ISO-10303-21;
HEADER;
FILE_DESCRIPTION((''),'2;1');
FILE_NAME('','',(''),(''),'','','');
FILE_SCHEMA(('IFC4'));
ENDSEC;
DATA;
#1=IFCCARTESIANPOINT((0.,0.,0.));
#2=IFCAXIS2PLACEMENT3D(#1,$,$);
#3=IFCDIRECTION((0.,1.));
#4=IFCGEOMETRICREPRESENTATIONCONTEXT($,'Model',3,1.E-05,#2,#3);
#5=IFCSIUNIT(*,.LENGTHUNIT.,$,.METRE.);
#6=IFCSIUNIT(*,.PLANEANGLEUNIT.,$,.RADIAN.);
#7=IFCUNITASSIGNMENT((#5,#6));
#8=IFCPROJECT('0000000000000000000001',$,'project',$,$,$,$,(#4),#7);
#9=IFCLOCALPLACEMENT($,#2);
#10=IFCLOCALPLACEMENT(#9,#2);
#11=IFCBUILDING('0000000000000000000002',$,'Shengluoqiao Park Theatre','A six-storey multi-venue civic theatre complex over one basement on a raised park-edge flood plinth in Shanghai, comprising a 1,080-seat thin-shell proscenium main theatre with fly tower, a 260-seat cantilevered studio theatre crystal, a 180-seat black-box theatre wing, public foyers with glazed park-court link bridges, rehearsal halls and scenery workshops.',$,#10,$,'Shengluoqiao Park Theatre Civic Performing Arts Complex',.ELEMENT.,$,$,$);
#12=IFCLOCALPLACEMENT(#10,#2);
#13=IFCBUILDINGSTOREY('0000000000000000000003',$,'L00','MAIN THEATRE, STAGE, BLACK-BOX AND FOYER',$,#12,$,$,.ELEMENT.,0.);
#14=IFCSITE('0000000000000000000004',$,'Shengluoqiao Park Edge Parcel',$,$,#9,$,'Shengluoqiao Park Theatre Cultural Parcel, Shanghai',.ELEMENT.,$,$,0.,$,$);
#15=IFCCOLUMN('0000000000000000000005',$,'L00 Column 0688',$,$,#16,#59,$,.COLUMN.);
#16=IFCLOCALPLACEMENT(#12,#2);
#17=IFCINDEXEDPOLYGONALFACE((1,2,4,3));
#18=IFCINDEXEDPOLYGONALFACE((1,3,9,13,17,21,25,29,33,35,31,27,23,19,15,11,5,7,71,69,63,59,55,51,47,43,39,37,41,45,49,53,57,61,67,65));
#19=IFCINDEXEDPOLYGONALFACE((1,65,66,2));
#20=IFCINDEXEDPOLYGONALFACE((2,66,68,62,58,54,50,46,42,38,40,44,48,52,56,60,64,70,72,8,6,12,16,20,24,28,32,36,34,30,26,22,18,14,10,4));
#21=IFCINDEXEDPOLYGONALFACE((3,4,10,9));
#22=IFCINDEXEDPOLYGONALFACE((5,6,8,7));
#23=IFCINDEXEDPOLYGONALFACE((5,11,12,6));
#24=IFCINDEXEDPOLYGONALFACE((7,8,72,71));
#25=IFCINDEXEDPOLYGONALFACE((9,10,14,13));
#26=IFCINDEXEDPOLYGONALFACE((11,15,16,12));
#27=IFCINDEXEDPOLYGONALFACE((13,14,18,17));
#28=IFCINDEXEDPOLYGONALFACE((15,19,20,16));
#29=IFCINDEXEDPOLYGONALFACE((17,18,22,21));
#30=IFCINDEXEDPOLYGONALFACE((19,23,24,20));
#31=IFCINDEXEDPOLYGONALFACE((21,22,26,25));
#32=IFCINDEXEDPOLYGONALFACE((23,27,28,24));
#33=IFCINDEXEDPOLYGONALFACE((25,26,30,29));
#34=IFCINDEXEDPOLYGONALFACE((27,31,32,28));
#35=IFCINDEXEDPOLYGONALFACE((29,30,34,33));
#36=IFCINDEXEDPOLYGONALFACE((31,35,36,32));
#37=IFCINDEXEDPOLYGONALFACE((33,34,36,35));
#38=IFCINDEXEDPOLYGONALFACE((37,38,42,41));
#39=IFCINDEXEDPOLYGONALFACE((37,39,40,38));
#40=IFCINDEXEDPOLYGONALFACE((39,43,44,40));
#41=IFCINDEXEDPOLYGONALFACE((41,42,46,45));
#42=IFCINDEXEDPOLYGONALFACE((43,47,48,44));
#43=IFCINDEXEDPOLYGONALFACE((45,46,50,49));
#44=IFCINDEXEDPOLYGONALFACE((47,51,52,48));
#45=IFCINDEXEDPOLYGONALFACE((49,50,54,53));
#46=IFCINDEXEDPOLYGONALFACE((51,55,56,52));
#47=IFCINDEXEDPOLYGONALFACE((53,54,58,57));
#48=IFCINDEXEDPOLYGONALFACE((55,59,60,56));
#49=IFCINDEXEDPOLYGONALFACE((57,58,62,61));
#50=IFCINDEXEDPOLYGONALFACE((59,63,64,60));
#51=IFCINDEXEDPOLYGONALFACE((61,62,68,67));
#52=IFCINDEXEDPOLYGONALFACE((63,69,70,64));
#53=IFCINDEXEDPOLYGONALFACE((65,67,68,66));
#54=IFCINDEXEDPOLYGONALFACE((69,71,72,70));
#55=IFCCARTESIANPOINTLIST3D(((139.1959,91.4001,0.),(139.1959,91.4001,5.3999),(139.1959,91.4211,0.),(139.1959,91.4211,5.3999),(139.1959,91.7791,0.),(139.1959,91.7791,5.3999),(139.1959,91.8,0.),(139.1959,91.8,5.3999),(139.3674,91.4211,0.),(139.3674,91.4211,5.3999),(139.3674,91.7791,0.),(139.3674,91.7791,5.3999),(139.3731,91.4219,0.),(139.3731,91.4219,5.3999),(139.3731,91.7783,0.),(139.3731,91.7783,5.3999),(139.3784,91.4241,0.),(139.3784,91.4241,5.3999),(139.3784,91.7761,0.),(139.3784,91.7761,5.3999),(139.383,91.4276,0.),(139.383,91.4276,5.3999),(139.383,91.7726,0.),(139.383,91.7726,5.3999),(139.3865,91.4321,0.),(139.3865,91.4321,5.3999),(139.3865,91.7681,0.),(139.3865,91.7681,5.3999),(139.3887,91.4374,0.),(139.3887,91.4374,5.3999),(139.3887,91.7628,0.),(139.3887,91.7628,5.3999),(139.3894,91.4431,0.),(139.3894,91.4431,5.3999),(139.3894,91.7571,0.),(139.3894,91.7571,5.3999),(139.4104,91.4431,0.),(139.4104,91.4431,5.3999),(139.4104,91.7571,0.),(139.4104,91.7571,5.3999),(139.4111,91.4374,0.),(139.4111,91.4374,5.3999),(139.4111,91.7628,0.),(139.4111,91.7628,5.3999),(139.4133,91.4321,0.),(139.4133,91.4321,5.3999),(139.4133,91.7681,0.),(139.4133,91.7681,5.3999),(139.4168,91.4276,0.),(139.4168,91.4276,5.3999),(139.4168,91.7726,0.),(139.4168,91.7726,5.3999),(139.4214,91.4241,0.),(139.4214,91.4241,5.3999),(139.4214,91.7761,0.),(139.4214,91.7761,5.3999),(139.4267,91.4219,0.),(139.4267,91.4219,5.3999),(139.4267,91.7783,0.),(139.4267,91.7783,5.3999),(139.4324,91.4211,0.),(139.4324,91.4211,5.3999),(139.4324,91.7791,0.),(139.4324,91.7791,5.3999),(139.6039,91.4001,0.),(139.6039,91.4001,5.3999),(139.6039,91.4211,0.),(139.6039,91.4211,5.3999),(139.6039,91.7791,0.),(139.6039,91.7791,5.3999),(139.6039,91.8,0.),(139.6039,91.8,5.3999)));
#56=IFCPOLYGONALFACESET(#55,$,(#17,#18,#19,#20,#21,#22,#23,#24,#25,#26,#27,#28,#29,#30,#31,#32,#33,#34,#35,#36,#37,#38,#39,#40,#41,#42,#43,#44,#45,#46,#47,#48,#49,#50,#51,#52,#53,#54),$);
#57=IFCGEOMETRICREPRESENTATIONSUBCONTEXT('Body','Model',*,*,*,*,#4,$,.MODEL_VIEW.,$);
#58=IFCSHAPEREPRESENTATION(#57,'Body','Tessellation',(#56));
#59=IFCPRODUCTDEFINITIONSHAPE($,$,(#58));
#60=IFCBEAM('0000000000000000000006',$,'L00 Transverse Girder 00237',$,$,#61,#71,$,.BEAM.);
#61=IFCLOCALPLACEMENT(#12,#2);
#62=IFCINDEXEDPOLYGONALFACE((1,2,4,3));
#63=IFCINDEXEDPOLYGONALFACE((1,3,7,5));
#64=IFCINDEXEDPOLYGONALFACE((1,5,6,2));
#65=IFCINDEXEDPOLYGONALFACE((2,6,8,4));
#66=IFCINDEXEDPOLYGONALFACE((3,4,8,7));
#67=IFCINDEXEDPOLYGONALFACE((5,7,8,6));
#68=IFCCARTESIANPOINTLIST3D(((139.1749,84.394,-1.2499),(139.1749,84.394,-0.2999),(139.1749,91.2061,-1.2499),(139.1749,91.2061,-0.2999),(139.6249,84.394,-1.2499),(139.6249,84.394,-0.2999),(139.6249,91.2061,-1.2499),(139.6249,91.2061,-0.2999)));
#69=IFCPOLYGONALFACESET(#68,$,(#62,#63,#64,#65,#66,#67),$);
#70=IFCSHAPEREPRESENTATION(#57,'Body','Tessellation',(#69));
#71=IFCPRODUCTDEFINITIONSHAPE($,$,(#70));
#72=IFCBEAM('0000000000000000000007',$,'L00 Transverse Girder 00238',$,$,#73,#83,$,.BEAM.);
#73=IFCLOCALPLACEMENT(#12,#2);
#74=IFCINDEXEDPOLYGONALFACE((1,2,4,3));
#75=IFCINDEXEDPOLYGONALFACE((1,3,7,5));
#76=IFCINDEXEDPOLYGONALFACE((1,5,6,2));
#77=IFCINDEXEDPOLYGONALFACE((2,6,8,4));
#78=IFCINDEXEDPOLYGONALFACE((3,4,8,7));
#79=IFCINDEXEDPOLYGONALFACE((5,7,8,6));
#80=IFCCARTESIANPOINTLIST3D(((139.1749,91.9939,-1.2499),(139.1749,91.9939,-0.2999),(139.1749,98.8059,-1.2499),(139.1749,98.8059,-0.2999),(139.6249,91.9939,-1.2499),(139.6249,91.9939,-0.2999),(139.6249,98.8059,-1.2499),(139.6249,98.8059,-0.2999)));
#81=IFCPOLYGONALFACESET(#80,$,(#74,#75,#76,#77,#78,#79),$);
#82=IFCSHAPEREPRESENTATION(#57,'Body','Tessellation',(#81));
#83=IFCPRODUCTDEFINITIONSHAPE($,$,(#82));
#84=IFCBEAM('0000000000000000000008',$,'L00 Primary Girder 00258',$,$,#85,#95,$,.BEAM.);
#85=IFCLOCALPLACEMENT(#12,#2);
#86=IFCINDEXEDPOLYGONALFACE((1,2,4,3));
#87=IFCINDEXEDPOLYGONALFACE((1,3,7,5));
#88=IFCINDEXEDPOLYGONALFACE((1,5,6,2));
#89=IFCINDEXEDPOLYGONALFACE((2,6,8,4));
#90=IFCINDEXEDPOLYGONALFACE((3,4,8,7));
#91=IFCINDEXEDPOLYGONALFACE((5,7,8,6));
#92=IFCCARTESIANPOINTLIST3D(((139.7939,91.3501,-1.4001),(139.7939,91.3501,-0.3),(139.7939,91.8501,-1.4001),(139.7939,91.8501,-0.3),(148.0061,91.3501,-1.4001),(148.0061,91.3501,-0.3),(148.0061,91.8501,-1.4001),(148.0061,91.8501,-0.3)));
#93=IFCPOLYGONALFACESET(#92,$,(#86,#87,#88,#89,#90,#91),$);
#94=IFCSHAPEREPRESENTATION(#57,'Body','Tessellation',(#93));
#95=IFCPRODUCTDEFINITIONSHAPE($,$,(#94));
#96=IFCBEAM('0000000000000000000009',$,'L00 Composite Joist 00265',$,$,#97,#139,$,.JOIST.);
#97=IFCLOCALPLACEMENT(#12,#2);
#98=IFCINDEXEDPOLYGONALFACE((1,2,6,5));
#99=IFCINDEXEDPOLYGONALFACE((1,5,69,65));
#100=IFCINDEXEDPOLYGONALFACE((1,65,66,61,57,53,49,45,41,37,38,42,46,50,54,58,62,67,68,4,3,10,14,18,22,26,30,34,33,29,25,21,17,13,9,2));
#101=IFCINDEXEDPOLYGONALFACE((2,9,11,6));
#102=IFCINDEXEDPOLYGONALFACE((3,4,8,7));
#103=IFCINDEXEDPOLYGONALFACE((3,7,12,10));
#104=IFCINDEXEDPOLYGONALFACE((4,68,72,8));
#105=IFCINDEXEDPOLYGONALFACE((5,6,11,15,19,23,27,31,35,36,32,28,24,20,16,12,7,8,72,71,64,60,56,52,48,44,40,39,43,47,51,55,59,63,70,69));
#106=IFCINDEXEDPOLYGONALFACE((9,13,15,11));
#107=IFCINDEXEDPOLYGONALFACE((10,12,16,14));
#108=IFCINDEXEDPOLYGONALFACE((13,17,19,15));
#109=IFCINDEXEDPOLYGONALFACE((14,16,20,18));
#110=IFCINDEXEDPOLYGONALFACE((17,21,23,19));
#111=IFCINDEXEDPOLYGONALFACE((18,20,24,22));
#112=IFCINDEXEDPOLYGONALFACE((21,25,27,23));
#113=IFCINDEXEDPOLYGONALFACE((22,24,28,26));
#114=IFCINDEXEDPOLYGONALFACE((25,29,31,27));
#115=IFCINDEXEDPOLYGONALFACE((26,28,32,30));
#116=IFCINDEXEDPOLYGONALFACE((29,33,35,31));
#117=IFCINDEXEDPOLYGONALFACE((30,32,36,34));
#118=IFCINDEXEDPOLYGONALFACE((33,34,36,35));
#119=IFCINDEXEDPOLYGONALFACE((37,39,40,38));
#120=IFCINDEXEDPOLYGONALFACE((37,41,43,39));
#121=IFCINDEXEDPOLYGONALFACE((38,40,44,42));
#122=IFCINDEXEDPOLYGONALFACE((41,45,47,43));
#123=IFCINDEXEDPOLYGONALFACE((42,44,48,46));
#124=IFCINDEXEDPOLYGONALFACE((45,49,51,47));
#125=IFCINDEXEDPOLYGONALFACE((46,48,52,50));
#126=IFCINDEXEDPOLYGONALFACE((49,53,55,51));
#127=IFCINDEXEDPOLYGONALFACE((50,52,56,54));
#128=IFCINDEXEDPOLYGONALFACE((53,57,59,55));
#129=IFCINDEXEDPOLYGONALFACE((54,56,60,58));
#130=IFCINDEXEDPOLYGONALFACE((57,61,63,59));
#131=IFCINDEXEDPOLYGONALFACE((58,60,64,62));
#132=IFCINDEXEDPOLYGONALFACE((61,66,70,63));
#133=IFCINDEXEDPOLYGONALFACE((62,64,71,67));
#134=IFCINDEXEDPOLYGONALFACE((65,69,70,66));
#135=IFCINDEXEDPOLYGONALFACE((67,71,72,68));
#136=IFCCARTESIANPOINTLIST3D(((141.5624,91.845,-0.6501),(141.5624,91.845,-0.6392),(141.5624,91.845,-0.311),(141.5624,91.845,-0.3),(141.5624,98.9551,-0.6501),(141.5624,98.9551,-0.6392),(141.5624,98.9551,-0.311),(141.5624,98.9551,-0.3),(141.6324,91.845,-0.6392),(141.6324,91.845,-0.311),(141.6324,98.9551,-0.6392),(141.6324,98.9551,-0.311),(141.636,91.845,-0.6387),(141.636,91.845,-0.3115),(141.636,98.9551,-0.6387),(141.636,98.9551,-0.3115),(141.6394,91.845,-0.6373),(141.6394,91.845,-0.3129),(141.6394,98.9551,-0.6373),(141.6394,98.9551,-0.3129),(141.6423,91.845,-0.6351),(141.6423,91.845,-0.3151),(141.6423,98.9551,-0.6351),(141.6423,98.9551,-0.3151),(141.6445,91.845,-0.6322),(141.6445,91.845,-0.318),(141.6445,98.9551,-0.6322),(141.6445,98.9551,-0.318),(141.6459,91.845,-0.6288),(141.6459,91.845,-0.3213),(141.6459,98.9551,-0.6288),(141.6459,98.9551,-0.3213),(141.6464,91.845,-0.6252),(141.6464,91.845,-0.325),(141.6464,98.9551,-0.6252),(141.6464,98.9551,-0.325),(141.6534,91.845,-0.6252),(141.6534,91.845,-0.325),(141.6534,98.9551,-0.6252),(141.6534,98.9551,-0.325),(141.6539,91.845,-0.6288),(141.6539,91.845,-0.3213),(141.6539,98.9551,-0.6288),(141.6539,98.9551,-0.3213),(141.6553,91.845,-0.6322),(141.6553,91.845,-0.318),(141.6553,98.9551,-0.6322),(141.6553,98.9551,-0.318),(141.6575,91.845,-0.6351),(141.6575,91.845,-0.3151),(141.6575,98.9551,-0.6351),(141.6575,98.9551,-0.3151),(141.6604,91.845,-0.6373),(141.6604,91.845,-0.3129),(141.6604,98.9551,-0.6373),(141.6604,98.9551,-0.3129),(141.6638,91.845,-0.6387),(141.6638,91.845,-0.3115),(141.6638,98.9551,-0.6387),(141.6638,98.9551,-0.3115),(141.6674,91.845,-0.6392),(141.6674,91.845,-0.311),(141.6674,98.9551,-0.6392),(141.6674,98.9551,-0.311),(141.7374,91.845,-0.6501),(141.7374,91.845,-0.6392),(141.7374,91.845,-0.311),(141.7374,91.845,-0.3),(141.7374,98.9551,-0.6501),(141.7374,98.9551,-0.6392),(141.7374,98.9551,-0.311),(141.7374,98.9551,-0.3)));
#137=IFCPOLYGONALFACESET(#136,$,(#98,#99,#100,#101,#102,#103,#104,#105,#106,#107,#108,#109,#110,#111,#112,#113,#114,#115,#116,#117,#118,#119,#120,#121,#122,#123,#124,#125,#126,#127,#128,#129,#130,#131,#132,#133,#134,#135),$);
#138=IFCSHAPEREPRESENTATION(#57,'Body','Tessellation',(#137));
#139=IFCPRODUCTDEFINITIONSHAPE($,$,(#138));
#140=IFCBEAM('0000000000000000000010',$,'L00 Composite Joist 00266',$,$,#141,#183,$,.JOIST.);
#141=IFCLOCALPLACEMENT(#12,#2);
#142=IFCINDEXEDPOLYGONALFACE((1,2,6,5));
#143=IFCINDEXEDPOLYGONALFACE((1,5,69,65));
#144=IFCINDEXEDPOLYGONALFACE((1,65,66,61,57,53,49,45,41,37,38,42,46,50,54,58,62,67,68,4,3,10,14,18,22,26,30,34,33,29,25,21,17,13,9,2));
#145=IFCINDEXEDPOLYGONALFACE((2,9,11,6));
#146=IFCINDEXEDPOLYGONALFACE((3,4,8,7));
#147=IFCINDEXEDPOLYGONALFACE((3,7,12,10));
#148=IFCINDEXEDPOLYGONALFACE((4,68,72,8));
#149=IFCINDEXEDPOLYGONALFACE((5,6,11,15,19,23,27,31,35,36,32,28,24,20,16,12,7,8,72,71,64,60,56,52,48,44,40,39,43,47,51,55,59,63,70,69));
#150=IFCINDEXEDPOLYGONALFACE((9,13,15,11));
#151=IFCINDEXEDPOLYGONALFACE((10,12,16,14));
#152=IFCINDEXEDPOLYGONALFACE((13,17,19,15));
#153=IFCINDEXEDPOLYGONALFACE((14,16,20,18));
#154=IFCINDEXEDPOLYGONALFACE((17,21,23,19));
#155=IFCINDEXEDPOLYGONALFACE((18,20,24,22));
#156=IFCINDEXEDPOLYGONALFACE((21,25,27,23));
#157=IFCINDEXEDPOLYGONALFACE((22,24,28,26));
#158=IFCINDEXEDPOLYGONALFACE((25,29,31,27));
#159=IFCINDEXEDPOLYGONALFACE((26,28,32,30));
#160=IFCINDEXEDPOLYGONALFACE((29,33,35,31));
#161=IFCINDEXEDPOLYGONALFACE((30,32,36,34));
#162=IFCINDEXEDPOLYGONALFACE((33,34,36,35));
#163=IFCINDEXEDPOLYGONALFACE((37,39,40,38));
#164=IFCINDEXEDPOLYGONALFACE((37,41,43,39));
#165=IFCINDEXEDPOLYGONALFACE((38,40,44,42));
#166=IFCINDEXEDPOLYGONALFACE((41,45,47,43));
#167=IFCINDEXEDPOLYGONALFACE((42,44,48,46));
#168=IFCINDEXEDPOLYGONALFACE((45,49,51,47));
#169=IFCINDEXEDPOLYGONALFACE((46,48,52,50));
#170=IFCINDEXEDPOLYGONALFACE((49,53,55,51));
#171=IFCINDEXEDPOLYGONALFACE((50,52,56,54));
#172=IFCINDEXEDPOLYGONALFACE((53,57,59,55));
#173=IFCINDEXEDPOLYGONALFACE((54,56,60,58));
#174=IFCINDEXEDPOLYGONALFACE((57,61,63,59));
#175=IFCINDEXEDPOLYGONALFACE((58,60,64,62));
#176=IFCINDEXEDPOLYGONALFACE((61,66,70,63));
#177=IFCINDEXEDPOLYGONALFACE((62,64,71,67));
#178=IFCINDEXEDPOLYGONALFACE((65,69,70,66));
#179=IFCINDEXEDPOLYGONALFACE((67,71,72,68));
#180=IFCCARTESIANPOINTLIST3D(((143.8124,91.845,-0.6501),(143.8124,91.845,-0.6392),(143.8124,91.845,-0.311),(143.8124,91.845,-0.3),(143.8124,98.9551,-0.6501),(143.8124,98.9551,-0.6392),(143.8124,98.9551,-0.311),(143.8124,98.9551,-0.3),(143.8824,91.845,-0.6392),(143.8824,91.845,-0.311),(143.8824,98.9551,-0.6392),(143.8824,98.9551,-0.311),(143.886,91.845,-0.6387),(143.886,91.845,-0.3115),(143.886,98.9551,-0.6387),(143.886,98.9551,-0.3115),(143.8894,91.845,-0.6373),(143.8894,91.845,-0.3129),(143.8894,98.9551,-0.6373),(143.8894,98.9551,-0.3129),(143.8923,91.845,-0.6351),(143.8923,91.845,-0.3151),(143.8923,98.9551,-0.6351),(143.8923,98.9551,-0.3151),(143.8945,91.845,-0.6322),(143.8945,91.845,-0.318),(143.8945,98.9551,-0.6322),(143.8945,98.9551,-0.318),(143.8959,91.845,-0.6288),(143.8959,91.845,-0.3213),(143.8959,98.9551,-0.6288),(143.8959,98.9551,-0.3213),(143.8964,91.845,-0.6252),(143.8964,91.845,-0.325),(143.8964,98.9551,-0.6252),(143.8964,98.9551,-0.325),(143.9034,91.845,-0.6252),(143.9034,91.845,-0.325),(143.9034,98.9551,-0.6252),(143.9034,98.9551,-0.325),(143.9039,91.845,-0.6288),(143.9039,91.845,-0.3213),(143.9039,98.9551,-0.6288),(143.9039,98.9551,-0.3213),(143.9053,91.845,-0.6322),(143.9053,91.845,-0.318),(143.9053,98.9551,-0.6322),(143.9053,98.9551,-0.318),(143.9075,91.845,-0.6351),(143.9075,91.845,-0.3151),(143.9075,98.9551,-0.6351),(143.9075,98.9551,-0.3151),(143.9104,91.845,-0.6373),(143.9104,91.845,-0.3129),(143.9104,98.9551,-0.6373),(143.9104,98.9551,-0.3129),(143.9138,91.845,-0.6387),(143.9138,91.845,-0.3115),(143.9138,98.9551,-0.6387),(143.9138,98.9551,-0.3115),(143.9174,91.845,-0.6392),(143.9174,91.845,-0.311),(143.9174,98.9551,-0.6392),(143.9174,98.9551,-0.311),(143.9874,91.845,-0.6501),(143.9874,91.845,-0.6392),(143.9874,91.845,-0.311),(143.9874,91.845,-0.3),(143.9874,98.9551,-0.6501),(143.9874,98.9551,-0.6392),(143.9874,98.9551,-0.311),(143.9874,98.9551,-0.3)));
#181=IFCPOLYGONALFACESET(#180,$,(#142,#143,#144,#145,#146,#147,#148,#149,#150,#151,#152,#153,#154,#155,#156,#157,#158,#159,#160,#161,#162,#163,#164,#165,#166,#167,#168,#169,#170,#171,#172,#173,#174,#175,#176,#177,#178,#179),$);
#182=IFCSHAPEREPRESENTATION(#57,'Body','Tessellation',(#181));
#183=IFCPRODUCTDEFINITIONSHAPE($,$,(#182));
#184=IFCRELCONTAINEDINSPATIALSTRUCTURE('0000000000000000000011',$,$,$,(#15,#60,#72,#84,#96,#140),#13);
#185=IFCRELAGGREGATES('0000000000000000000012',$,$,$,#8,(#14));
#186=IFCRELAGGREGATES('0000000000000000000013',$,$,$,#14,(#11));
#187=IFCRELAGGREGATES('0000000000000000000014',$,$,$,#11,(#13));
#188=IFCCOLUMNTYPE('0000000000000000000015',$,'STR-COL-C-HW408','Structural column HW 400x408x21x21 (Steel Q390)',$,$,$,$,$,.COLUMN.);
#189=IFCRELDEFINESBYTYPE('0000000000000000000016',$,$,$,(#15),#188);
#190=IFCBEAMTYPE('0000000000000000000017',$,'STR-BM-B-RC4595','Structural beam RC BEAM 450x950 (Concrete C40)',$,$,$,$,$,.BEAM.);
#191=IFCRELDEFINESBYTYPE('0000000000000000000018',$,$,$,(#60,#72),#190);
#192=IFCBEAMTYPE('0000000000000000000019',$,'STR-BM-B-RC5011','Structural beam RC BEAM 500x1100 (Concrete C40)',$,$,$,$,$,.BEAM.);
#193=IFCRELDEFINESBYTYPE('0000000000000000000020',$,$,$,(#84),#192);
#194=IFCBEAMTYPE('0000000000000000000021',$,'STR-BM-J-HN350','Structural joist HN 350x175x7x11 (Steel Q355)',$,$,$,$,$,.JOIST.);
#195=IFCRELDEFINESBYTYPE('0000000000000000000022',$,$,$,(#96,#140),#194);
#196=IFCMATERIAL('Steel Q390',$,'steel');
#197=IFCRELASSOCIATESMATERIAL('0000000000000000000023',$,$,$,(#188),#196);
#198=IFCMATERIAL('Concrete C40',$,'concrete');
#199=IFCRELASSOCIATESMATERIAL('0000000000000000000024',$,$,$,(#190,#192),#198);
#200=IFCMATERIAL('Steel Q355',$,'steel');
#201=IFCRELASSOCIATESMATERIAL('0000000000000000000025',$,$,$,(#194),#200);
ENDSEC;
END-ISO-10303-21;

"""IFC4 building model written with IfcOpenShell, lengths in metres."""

from ifc_helpers import new_model, si_unit, direction, frame, origin, origin_2d, place, context, subcontext, project, spatial, rectangle, i_section, extrude, material, material_profile, profile_set, type_object, element, save


model = new_model("IFC4")

# Units and contexts
model_context = context("Model", 3, precision=1e-05, world=origin(), true_north=direction((0.0, 1.0)))
body_context = subcontext(model_context, "Body", "Model", "MODEL_VIEW")
ifc_project = project(units=[si_unit("LENGTHUNIT", "METRE"), si_unit("PLANEANGLEUNIT", "RADIAN")], contexts=[model_context])

# Site, building, storey
site_placement = place(None, origin())
site = spatial("IfcSite", under=ifc_project, at=site_placement, Name="Shengluoqiao Park Edge Parcel", LongName="Shengluoqiao Park Theatre Cultural Parcel, Shanghai", CompositionType="ELEMENT", RefElevation=0.0)
building_placement = place(site_placement, origin())
building = spatial("IfcBuilding", under=site, at=building_placement, Name="Shengluoqiao Park Theatre", Description="A six-storey multi-venue civic theatre complex over one basement on a raised park-edge flood plinth in Shanghai, comprising a 1,080-seat thin-shell proscenium main theatre with fly tower, a 260-seat cantilevered studio theatre crystal, a 180-seat black-box theatre wing, public foyers with glazed park-court link bridges, rehearsal halls and scenery workshops.", LongName="Shengluoqiao Park Theatre Civic Performing Arts Complex", CompositionType="ELEMENT")
storey_placement = place(building_placement, origin())
storey = spatial("IfcBuildingStorey", under=building, at=storey_placement, Name="L00", Description="MAIN THEATRE, STAGE, BLACK-BOX AND FOYER", CompositionType="ELEMENT", Elevation=0.0)

# Column
ifc_material_1 = material(Name="Steel Q390", Category="steel")
ifc_material_profile_1 = material_profile(ifc_material_1, i_section(OverallWidth=0.408, OverallDepth=0.3999, WebThickness=0.021, FlangeThickness=0.021, FilletRadius=0.022, at=origin_2d()), Name="HW 400x408x21x21")
ifc_profile_set_1 = profile_set([ifc_material_profile_1], Name="Steel Q390")
column_type = type_object("IfcColumnType", Name="STR-COL-C-HW408", Description="Structural column HW 400x408x21x21 (Steel Q390)", PredefinedType="COLUMN", material=ifc_profile_set_1)
column_placement = place(storey_placement, frame((139.3999, 91.6001, 0.0), z_axis=(0.0, 0.0, 1.0), x_axis=(1.0, 0.0, 0.0)))
element("IfcColumn", 1, at=column_placement, inside=storey, type_object=column_type, Name="L00 Column 0688", PredefinedType="COLUMN", context=body_context, shape_type="SweptSolid", body=[
    extrude(i_section(OverallWidth=0.408, OverallDepth=0.3999, WebThickness=0.021, FlangeThickness=0.021, FilletRadius=0.022, at=origin_2d()), origin(), (0.0, 0.0, 1.0), 5.3999),
])

# Beams
ifc_material_2 = material(Name="Concrete C40", Category="concrete")
ifc_material_profile_2 = material_profile(ifc_material_2, rectangle(XDim=0.45, YDim=0.95, at=origin_2d()), Name="RC BEAM 450x950")
ifc_profile_set_2 = profile_set([ifc_material_profile_2], Name="Concrete C40")
beam_type_1 = type_object("IfcBeamType", Name="STR-BM-B-RC4595", Description="Structural beam RC BEAM 450x950 (Concrete C40)", PredefinedType="BEAM", material=ifc_profile_set_2)
for number, where, z_axis, x_axis, name in (
    (2, (139.3999, 84.394, -0.7749), (0.0, 1.0, 0.0), (-1.0, 0.0, 0.0), "L00 Transverse Girder 00237"),
    (3, (139.3999, 91.9939, -0.7749), (0.0, 1.0, 0.0), (-1.0, 0.0, 0.0), "L00 Transverse Girder 00238"),
):
    element("IfcBeam", number, at=place(storey_placement, frame(where, z_axis=z_axis, x_axis=x_axis)), inside=storey, type_object=beam_type_1, Name=name, PredefinedType="BEAM", context=body_context, shape_type="SweptSolid", body=[
        extrude(rectangle(XDim=0.45, YDim=0.95, at=origin_2d()), origin(), (0.0, 0.0, 1.0), 6.812),
    ])
ifc_material_profile_3 = material_profile(ifc_material_2, rectangle(XDim=0.5, YDim=1.1001, at=origin_2d()), Name="RC BEAM 500x1100")
ifc_profile_set_3 = profile_set([ifc_material_profile_3], Name="Concrete C40")
beam_type_2 = type_object("IfcBeamType", Name="STR-BM-B-RC5011", Description="Structural beam RC BEAM 500x1100 (Concrete C40)", PredefinedType="BEAM", material=ifc_profile_set_3)
beam_placement = place(storey_placement, frame((139.7939, 91.6001, -0.8501), z_axis=(1.0, 0.0, 0.0), x_axis=(0.0, 1.0, 0.0)))
element("IfcBeam", 4, at=beam_placement, inside=storey, type_object=beam_type_2, Name="L00 Primary Girder 00258", PredefinedType="BEAM", context=body_context, shape_type="SweptSolid", body=[
    extrude(rectangle(XDim=0.5, YDim=1.1001, at=origin_2d()), origin(), (0.0, 0.0, 1.0), 8.2122),
])
ifc_material_3 = material(Name="Steel Q355", Category="steel")
ifc_material_profile_4 = material_profile(ifc_material_3, i_section(OverallWidth=0.175, OverallDepth=0.3501, WebThickness=0.0071, FlangeThickness=0.011, FilletRadius=0.0139, at=origin_2d()), Name="HN 350x175x7x11")
ifc_profile_set_4 = profile_set([ifc_material_profile_4], Name="Steel Q355")
beam_type_3 = type_object("IfcBeamType", Name="STR-BM-J-HN350", Description="Structural joist HN 350x175x7x11 (Steel Q355)", PredefinedType="JOIST", material=ifc_profile_set_4)
for number, where, z_axis, x_axis, name in (
    (5, (141.6499, 91.845, -0.4751), (0.0, 1.0, 0.0), (-1.0, 0.0, 0.0), "L00 Composite Joist 00265"),
    (6, (143.8999, 91.845, -0.4751), (0.0, 1.0, 0.0), (-1.0, 0.0, 0.0), "L00 Composite Joist 00266"),
):
    element("IfcBeam", number, at=place(storey_placement, frame(where, z_axis=z_axis, x_axis=x_axis)), inside=storey, type_object=beam_type_3, Name=name, PredefinedType="JOIST", context=body_context, shape_type="SweptSolid", body=[
        extrude(i_section(OverallWidth=0.175, OverallDepth=0.3501, WebThickness=0.0071, FlangeThickness=0.011, FilletRadius=0.0139, at=origin_2d()), origin(), (0.0, 0.0, 1.0), 7.1101),
    ])

save(model, "model.ifc")
